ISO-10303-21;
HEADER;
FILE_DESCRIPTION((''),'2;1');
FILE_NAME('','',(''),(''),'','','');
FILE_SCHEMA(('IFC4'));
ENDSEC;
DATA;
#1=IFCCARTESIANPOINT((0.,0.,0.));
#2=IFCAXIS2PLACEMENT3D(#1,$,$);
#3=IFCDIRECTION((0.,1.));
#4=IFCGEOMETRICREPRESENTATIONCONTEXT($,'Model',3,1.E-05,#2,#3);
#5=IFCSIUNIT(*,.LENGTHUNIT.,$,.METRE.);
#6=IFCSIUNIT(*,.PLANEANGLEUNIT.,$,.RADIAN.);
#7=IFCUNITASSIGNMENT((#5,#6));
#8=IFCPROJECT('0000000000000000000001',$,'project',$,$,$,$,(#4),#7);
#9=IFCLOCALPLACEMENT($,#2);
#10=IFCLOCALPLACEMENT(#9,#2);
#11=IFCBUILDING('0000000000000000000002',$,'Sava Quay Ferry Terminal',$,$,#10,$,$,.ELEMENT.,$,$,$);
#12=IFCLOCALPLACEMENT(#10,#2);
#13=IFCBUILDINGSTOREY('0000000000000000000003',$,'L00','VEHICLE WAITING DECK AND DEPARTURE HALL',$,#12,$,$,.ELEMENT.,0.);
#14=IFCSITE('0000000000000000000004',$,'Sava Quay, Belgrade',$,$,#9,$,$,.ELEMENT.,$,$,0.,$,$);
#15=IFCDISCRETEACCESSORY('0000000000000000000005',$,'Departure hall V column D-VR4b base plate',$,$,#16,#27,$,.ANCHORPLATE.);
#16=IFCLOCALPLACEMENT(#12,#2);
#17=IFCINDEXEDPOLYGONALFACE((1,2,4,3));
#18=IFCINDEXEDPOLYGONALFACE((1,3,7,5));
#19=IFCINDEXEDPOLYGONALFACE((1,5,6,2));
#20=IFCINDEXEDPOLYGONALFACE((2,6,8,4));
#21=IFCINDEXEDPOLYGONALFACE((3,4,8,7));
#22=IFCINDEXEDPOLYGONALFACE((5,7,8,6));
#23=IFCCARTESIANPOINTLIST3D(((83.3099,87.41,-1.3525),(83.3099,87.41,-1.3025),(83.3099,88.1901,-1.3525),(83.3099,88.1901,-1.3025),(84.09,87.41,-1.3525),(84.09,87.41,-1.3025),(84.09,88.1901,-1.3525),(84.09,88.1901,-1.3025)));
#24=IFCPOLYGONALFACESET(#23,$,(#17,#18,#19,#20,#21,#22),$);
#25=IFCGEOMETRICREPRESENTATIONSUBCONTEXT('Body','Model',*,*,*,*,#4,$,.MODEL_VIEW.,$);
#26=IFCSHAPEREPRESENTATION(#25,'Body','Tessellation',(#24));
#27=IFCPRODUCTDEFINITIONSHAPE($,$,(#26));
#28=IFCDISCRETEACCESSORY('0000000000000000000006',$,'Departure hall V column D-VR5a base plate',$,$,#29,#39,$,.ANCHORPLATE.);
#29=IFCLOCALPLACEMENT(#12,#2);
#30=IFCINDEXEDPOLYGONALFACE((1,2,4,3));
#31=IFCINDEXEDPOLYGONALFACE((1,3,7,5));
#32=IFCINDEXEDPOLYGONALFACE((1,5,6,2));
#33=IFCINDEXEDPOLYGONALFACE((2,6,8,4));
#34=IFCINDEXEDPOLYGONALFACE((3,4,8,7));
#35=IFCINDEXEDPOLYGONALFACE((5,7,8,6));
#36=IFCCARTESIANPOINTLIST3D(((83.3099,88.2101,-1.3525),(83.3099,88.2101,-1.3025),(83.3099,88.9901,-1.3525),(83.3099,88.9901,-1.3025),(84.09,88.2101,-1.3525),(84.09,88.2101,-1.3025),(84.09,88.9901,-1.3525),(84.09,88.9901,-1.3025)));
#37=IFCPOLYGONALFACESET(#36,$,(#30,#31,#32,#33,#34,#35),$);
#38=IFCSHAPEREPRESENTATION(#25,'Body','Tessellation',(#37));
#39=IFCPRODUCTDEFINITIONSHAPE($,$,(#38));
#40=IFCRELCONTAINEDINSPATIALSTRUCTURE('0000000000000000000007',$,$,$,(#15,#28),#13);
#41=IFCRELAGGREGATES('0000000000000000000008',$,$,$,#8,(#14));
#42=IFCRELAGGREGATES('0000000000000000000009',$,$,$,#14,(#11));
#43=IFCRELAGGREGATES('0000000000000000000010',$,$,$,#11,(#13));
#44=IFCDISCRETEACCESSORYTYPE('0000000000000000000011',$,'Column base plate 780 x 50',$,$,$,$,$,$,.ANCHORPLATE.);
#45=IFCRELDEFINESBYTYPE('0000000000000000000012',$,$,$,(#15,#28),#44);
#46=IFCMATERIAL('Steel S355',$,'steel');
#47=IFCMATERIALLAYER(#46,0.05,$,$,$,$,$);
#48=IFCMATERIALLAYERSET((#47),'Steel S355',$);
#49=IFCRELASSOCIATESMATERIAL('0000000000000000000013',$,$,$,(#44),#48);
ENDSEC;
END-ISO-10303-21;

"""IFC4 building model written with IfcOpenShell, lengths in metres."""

from ifc_helpers import new_model, si_unit, direction, frame, origin, origin_2d, place, context, subcontext, project, spatial, rectangle, extrude, material, layer, layer_set, type_object, element, save


model = new_model("IFC4")

# Units and contexts
model_context = context("Model", 3, precision=1e-05, world=origin(), true_north=direction((0.0, 1.0)))
body_context = subcontext(model_context, "Body", "Model", "MODEL_VIEW")
ifc_project = project(units=[si_unit("LENGTHUNIT", "METRE"), si_unit("PLANEANGLEUNIT", "RADIAN")], contexts=[model_context])

# Site, building, storey
site_placement = place(None, origin())
site = spatial("IfcSite", under=ifc_project, at=site_placement, Name="Sava Quay, Belgrade", CompositionType="ELEMENT", RefElevation=0.0)
building_placement = place(site_placement, origin())
building = spatial("IfcBuilding", under=site, at=building_placement, Name="Sava Quay Ferry Terminal", CompositionType="ELEMENT")
storey_placement = place(building_placement, origin())
storey = spatial("IfcBuildingStorey", under=building, at=storey_placement, Name="L00", Description="VEHICLE WAITING DECK AND DEPARTURE HALL", CompositionType="ELEMENT", Elevation=0.0)

# Discrete accessories
ifc_material_1 = material(Name="Steel S355", Category="steel")
ifc_layer_1 = layer(ifc_material_1, 0.05)
ifc_layer_set_1 = layer_set([ifc_layer_1], Name="Steel S355")
discrete_accessory_type = type_object("IfcDiscreteAccessoryType", Name="Column base plate 780 x 50", PredefinedType="ANCHORPLATE", material=ifc_layer_set_1)
for number, where, z_axis, x_axis, name in (
    (1, (83.7, 87.8, -1.3525), (0.0, 0.0, 1.0), (1.0, 0.0, 0.0), "Departure hall V column D-VR4b base plate"),
    (2, (83.7, 88.6001, -1.3525), (0.0, 0.0, 1.0), (1.0, 0.0, 0.0), "Departure hall V column D-VR5a base plate"),
):
    element("IfcDiscreteAccessory", number, at=place(storey_placement, frame(where, z_axis=z_axis, x_axis=x_axis)), inside=storey, type_object=discrete_accessory_type, Name=name, PredefinedType="ANCHORPLATE", context=body_context, shape_type="SweptSolid", body=[
        extrude(rectangle(XDim=0.78, YDim=0.78, at=origin_2d()), origin(), (0.0, 0.0, 1.0), 0.05),
    ])

save(model, "model.ifc")
